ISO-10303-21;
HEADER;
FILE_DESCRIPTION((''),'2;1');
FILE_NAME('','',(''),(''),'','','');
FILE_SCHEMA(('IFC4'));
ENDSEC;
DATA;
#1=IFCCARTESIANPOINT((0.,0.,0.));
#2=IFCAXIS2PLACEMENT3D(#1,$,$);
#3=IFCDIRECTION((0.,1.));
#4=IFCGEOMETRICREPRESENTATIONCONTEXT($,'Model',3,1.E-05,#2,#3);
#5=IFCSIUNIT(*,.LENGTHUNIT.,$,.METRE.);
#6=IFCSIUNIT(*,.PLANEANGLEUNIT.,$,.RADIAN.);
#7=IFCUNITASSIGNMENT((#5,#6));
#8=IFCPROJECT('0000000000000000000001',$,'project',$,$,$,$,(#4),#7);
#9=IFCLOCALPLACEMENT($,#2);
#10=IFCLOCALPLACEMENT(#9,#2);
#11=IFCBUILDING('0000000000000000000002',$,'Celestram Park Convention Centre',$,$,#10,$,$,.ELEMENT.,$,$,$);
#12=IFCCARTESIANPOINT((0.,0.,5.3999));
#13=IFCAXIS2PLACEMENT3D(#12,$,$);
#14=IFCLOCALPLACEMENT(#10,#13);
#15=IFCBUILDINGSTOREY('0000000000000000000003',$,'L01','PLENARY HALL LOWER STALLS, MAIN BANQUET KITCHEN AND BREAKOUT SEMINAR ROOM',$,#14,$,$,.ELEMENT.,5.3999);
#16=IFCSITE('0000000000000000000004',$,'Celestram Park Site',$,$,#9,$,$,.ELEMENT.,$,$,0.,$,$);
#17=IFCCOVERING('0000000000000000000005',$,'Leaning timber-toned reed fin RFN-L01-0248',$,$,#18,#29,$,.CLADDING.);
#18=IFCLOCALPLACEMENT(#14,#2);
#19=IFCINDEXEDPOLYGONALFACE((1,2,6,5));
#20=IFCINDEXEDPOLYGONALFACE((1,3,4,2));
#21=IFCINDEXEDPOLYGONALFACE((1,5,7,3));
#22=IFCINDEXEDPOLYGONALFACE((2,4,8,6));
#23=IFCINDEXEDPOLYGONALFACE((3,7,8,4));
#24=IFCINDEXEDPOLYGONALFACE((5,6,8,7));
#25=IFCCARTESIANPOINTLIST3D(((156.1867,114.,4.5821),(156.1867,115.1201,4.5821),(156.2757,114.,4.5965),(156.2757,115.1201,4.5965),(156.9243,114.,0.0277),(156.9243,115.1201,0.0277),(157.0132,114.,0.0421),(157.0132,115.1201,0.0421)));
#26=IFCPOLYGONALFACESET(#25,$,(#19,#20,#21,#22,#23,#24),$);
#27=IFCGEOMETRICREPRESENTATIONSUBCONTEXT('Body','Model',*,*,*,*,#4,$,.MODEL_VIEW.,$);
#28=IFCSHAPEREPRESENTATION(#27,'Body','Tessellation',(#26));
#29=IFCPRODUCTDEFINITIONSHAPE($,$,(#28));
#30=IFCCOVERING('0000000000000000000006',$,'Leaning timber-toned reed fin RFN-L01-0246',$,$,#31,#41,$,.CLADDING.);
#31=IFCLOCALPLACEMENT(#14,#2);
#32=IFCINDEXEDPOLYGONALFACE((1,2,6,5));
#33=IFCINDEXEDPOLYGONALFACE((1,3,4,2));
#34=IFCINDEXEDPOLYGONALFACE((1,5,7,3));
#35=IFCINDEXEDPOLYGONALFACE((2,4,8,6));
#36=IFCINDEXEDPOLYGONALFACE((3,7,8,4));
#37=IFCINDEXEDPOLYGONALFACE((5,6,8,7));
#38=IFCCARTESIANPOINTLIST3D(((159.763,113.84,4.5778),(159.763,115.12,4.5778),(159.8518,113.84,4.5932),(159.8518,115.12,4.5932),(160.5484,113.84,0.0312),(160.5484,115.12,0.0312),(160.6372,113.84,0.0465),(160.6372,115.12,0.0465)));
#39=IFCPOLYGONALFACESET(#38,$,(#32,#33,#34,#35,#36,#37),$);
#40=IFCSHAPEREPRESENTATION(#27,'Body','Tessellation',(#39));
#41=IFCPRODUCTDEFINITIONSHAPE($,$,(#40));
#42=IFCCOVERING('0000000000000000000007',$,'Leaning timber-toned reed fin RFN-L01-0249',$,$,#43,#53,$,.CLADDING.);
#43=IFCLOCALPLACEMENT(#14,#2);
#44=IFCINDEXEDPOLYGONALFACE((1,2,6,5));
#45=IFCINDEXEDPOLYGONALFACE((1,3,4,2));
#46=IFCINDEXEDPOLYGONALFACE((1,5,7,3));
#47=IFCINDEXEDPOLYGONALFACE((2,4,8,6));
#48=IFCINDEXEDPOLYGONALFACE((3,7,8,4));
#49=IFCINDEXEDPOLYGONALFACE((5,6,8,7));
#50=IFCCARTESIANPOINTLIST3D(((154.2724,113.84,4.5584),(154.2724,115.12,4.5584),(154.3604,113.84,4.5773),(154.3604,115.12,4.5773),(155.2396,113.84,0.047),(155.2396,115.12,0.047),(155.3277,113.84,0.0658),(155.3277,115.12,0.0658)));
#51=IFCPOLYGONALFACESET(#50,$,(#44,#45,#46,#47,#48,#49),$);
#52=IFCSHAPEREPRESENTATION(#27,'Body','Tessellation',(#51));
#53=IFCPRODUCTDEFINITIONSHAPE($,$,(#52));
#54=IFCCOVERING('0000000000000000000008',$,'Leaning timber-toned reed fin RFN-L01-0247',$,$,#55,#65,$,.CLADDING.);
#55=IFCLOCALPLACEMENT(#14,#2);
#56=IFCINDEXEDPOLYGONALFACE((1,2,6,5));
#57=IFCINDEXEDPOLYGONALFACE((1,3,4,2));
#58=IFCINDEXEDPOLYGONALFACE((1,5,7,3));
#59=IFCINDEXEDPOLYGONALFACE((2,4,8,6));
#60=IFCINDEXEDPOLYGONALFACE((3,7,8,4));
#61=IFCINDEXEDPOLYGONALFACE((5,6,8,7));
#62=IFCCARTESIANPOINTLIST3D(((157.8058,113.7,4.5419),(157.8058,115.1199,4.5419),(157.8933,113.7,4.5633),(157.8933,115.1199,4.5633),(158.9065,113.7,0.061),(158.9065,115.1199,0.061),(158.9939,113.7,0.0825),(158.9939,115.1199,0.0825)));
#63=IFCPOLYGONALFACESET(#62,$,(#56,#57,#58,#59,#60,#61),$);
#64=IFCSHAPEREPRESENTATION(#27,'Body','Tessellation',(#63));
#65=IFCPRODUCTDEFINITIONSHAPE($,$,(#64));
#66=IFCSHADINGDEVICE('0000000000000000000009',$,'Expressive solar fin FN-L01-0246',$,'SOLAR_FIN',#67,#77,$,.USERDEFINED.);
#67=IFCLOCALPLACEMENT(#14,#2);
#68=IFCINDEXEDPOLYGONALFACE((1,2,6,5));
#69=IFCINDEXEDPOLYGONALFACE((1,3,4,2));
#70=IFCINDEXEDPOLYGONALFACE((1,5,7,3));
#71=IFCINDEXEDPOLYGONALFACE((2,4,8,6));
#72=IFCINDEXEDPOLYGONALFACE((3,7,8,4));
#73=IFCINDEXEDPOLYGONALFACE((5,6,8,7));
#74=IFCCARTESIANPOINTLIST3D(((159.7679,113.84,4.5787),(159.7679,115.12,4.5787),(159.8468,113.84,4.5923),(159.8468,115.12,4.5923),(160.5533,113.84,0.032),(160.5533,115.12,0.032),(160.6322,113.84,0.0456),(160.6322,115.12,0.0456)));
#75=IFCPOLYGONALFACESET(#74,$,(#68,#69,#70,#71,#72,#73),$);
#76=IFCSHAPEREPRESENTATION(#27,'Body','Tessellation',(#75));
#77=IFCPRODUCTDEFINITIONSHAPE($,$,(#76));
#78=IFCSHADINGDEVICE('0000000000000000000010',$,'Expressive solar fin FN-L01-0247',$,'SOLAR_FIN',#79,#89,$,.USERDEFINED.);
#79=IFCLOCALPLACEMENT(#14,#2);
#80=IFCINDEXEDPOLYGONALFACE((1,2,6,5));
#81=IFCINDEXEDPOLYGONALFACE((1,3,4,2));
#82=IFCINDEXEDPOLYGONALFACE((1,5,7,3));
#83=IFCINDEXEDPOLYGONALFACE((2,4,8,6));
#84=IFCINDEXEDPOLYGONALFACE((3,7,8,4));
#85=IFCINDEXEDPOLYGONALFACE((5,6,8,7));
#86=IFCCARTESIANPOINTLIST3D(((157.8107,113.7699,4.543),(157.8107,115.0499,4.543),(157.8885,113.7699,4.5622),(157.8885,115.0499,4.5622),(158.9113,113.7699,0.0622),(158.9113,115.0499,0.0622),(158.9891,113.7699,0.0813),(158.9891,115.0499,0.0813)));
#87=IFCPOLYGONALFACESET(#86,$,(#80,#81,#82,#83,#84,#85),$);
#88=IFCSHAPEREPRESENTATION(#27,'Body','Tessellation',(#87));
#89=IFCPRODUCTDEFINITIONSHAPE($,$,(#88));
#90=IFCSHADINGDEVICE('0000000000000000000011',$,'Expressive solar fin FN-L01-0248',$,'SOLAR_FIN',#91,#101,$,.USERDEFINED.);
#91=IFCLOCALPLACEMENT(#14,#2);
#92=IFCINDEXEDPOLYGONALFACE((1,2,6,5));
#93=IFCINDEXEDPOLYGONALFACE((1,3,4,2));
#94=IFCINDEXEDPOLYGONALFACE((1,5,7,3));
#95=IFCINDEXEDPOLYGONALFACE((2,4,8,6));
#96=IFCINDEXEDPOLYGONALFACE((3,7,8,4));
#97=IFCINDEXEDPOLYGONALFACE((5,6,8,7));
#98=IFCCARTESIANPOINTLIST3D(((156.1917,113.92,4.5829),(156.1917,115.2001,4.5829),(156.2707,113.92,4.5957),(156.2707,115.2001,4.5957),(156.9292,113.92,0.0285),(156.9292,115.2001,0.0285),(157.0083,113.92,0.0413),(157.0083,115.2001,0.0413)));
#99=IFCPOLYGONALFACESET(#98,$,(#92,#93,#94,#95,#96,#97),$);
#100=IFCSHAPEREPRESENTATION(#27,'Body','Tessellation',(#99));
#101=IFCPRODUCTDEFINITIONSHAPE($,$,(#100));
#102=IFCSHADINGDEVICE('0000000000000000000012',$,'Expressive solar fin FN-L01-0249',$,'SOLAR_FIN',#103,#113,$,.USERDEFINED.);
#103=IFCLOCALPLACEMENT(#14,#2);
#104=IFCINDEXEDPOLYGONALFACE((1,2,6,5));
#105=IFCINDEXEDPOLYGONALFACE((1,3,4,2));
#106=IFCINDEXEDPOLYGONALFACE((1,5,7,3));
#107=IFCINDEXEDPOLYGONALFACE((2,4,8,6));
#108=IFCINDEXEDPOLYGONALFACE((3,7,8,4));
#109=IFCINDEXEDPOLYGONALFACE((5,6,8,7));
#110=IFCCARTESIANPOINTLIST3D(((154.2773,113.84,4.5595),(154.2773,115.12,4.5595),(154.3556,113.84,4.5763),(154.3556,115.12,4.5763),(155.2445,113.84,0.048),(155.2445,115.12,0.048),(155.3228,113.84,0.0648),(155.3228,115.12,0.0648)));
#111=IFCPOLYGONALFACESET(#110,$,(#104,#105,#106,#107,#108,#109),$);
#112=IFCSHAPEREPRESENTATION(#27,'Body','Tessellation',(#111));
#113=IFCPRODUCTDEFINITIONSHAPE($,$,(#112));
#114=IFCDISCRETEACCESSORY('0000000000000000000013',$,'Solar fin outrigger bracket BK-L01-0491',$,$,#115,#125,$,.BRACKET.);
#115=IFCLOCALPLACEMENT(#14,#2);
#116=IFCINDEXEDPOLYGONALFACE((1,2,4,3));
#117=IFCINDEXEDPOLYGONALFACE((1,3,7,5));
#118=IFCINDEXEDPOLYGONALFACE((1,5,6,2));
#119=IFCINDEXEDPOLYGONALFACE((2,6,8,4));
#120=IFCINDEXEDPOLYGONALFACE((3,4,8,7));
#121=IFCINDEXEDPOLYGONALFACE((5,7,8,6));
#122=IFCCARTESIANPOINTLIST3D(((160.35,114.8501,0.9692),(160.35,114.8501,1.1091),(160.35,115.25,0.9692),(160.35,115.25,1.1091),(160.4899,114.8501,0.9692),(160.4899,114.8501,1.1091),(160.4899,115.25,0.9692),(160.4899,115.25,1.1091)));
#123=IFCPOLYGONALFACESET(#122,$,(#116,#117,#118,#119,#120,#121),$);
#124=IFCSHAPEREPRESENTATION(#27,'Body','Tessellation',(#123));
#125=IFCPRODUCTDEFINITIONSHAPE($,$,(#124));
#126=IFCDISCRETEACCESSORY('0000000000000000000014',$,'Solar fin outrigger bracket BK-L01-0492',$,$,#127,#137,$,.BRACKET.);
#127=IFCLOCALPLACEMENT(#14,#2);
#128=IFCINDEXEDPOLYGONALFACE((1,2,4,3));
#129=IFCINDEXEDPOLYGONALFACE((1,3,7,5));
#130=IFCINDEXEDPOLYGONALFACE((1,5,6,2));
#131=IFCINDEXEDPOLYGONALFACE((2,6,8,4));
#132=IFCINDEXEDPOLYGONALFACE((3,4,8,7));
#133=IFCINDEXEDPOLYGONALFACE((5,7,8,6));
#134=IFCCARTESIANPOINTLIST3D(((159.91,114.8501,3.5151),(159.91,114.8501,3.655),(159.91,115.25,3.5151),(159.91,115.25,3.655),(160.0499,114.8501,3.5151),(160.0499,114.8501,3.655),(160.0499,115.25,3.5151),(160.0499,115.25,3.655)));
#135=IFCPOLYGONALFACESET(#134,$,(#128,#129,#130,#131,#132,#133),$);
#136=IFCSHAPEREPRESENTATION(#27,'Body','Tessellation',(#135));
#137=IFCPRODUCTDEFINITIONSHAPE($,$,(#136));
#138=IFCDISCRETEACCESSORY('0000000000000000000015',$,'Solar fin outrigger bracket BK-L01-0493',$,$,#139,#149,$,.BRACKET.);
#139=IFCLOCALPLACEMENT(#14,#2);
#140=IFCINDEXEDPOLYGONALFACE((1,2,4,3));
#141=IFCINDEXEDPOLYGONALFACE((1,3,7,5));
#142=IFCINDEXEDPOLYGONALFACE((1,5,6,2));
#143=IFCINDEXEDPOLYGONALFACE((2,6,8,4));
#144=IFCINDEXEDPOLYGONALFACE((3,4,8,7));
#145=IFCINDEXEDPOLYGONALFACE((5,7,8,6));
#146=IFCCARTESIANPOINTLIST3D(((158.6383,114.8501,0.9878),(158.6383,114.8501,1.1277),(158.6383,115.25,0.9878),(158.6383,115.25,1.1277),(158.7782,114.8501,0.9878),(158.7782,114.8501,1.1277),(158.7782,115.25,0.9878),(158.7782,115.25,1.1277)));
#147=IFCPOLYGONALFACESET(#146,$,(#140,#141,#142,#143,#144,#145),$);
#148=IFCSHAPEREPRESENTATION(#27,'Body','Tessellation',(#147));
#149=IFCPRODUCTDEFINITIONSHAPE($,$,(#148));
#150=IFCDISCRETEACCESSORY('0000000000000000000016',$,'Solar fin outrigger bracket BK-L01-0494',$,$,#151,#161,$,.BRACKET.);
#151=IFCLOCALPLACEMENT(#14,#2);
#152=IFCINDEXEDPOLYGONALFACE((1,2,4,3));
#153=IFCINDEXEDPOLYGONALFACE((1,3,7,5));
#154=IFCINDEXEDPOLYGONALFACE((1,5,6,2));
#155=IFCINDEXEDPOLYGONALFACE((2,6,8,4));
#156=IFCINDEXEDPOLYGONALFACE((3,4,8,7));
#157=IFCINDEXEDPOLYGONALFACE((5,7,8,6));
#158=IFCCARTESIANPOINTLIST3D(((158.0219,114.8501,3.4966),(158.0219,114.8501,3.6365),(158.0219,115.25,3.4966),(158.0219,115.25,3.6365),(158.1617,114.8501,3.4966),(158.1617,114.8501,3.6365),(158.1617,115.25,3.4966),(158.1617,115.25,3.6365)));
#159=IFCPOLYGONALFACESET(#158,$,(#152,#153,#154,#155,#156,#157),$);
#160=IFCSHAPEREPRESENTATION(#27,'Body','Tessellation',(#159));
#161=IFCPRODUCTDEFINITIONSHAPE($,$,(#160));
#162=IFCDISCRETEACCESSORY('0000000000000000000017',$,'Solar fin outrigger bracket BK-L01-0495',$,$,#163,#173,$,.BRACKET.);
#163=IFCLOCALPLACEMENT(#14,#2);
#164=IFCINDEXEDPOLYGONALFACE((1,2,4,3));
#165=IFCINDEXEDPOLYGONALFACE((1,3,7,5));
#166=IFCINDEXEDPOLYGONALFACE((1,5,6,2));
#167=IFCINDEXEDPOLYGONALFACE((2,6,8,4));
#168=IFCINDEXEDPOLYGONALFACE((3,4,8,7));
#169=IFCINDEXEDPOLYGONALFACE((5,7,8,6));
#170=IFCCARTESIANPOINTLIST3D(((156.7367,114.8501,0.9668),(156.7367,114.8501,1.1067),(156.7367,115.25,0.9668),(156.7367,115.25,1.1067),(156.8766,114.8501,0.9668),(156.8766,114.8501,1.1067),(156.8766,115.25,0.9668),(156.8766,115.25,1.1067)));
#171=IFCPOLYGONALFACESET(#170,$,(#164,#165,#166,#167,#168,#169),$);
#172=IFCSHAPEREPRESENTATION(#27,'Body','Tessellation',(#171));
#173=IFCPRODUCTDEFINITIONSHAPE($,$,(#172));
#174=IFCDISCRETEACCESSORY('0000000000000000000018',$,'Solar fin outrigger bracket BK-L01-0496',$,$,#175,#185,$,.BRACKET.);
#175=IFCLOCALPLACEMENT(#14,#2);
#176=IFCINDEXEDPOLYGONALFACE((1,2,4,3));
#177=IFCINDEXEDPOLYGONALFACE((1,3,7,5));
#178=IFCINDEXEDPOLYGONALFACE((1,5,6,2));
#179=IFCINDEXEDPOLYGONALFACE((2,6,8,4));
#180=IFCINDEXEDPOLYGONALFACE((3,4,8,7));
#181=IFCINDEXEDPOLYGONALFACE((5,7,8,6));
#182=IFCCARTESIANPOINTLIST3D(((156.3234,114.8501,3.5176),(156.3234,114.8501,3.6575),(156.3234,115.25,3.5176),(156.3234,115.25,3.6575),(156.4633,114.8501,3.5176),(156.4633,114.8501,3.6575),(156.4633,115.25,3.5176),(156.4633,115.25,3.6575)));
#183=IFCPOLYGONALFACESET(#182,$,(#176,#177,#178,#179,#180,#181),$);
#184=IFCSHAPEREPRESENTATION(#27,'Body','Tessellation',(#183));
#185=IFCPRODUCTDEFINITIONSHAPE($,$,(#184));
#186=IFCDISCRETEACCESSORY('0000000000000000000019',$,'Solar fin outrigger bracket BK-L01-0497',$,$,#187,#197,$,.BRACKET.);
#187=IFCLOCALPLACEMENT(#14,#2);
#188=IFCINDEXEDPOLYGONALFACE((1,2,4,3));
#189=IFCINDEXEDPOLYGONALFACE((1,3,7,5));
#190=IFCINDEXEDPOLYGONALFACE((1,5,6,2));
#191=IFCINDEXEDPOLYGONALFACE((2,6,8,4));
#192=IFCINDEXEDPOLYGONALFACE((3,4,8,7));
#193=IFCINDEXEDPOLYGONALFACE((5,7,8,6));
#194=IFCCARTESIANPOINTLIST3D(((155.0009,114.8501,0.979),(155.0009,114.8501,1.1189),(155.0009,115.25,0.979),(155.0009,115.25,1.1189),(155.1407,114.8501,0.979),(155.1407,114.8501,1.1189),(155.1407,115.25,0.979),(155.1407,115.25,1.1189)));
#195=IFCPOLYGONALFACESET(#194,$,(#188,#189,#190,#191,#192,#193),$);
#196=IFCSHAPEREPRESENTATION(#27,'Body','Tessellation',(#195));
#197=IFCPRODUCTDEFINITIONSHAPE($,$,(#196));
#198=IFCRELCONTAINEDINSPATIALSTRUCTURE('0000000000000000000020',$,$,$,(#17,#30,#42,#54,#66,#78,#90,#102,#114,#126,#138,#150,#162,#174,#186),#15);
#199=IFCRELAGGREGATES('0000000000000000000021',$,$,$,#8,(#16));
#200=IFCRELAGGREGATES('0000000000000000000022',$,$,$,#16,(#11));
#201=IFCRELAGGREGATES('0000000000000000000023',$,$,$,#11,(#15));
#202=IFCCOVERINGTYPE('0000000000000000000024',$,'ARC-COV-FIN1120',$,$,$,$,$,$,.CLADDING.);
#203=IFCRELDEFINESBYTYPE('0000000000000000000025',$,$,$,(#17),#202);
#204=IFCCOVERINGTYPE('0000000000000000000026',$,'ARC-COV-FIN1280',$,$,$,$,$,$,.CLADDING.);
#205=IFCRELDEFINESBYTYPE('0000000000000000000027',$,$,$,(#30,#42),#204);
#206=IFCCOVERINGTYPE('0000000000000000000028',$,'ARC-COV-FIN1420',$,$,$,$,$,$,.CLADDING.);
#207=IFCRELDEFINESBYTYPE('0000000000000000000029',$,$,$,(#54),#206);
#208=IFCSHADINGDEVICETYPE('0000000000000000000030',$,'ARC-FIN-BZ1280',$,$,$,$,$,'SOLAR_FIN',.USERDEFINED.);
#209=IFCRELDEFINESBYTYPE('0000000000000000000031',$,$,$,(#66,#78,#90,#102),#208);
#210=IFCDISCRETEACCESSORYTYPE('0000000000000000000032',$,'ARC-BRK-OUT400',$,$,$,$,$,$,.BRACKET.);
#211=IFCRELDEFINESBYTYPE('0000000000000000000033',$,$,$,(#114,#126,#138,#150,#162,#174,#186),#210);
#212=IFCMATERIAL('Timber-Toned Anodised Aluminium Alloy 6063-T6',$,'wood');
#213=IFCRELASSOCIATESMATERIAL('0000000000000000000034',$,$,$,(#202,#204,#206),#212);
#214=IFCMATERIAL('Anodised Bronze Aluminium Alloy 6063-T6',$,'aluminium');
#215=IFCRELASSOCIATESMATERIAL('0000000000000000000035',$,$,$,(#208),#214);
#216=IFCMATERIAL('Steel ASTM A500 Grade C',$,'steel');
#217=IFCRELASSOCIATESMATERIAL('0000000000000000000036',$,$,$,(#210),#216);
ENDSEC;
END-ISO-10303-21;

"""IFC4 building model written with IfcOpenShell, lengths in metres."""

from ifc_helpers import new_model, si_unit, direction, frame, origin, origin_2d, place, context, subcontext, project, spatial, rectangle, extrude, material, material_profile, profile_set, type_object, element, save


model = new_model("IFC4")

# Units and contexts
model_context = context("Model", 3, precision=1e-05, world=origin(), true_north=direction((0.0, 1.0)))
body_context = subcontext(model_context, "Body", "Model", "MODEL_VIEW")
ifc_project = project(units=[si_unit("LENGTHUNIT", "METRE"), si_unit("PLANEANGLEUNIT", "RADIAN")], contexts=[model_context])

# Site, building, storey
site_placement = place(None, origin())
site = spatial("IfcSite", under=ifc_project, at=site_placement, Name="Celestram Park Site", CompositionType="ELEMENT", RefElevation=0.0)
building_placement = place(site_placement, origin())
building = spatial("IfcBuilding", under=site, at=building_placement, Name="Celestram Park Convention Centre", CompositionType="ELEMENT")
storey_placement = place(building_placement, frame((0.0, 0.0, 5.3999)))
storey = spatial("IfcBuildingStorey", under=building, at=storey_placement, Name="L01", Description="PLENARY HALL LOWER STALLS, MAIN BANQUET KITCHEN AND BREAKOUT SEMINAR ROOM", CompositionType="ELEMENT", Elevation=5.3999)

# Shared definitions
ifc_material_1 = material(Name="Steel ASTM A500 Grade C", Category="steel")

# Coverings
ifc_material_2 = material(Name="Timber-Toned Anodised Aluminium Alloy 6063-T6", Category="wood")
ifc_material_profile_1 = material_profile(ifc_material_2, rectangle(XDim=1.1201, YDim=0.0901, at=origin_2d()), Name="REED1120X90")
ifc_profile_set_1 = profile_set([ifc_material_profile_1], Name="Timber-Toned Anodised Aluminium Alloy 6063-T6")
covering_type_1 = type_object("IfcCoveringType", Name="ARC-COV-FIN1120", PredefinedType="CLADDING", material=ifc_profile_set_1)
covering_1_placement = place(storey_placement, frame((156.9688, 114.5601, 0.0349), z_axis=(-0.159858, 0.0, 0.98714), x_axis=(0.0, -1.0, 0.0)))
element("IfcCovering", 1, at=covering_1_placement, inside=storey, type_object=covering_type_1, Name="Leaning timber-toned reed fin RFN-L01-0248", PredefinedType="CLADDING", context=body_context, shape_type="SweptSolid", body=[
    extrude(rectangle(XDim=1.1201, YDim=0.0901, at=origin_2d()), origin(), (0.0, 0.0, 1.0), 4.6138),
])
ifc_material_profile_2 = material_profile(ifc_material_2, rectangle(XDim=1.28, YDim=0.0901, at=origin_2d()), Name="REED1280X90")
ifc_profile_set_2 = profile_set([ifc_material_profile_2], Name="Timber-Toned Anodised Aluminium Alloy 6063-T6")
covering_type_2 = type_object("IfcCoveringType", Name="ARC-COV-FIN1280", PredefinedType="CLADDING", material=ifc_profile_set_2)
for number, where, z_axis, x_axis, name in (
    (2, (160.5928, 114.48, 0.0388), (-0.170222, 0.0, 0.985406), (0.0, -1.0, 0.0), "Leaning timber-toned reed fin RFN-L01-0246"),
    (3, (155.2837, 114.48, 0.0564), (-0.209641, 0.0, 0.977778), (0.0, -1.0, 0.0), "Leaning timber-toned reed fin RFN-L01-0249"),
):
    element("IfcCovering", number, at=place(storey_placement, frame(where, z_axis=z_axis, x_axis=x_axis)), inside=storey, type_object=covering_type_2, Name=name, PredefinedType="CLADDING", context=body_context, shape_type="SweptSolid", body=[
        extrude(rectangle(XDim=1.28, YDim=0.0901, at=origin_2d()), origin(), (0.0, 0.0, 1.0), 4.614),
    ])
ifc_material_profile_3 = material_profile(ifc_material_2, rectangle(XDim=1.4199, YDim=0.0901, at=origin_2d()), Name="REED1420X90")
ifc_profile_set_3 = profile_set([ifc_material_profile_3], Name="Timber-Toned Anodised Aluminium Alloy 6063-T6")
covering_type_3 = type_object("IfcCoveringType", Name="ARC-COV-FIN1420", PredefinedType="CLADDING", material=ifc_profile_set_3)
covering_2_placement = place(storey_placement, frame((158.9502, 114.4099, 0.0718), z_axis=(-0.238537, 0.0, 0.971133), x_axis=(0.0, -1.0, 0.0)))
element("IfcCovering", 4, at=covering_2_placement, inside=storey, type_object=covering_type_3, Name="Leaning timber-toned reed fin RFN-L01-0247", PredefinedType="CLADDING", context=body_context, shape_type="SweptSolid", body=[
    extrude(rectangle(XDim=1.4199, YDim=0.0901, at=origin_2d()), origin(), (0.0, 0.0, 1.0), 4.614),
])

# Shading devices
ifc_material_3 = material(Name="Anodised Bronze Aluminium Alloy 6063-T6", Category="aluminium")
ifc_material_profile_4 = material_profile(ifc_material_3, rectangle(XDim=1.28, YDim=0.0801, at=origin_2d()), Name="FIN1280X80")
ifc_profile_set_4 = profile_set([ifc_material_profile_4], Name="Anodised Bronze Aluminium Alloy 6063-T6")
shading_device_type = type_object("IfcShadingDeviceType", Name="ARC-FIN-BZ1280", ElementType="SOLAR_FIN", PredefinedType="USERDEFINED", material=ifc_profile_set_4)
for number, where, z_axis, x_axis, name in (
    (5, (160.5928, 114.48, 0.0388), (-0.170222, 0.0, 0.985406), (0.0, -1.0, 0.0), "Expressive solar fin FN-L01-0246"),
    (6, (158.9502, 114.4099, 0.0718), (-0.238537, 0.0, 0.971133), (0.0, -1.0, 0.0), "Expressive solar fin FN-L01-0247"),
):
    element("IfcShadingDevice", number, at=place(storey_placement, frame(where, z_axis=z_axis, x_axis=x_axis)), inside=storey, type_object=shading_device_type, Name=name, ObjectType="SOLAR_FIN", PredefinedType="USERDEFINED", context=body_context, shape_type="SweptSolid", body=[
        extrude(rectangle(XDim=1.28, YDim=0.0801, at=origin_2d()), origin(), (0.0, 0.0, 1.0), 4.614),
    ])
shading_device_1_placement = place(storey_placement, frame((156.9688, 114.5601, 0.0349), z_axis=(-0.159858, 0.0, 0.98714), x_axis=(0.0, -1.0, 0.0)))
element("IfcShadingDevice", 7, at=shading_device_1_placement, inside=storey, type_object=shading_device_type, Name="Expressive solar fin FN-L01-0248", ObjectType="SOLAR_FIN", PredefinedType="USERDEFINED", context=body_context, shape_type="SweptSolid", body=[
    extrude(rectangle(XDim=1.28, YDim=0.0801, at=origin_2d()), origin(), (0.0, 0.0, 1.0), 4.6138),
])
shading_device_2_placement = place(storey_placement, frame((155.2837, 114.48, 0.0564), z_axis=(-0.209641, 0.0, 0.977778), x_axis=(0.0, -1.0, 0.0)))
element("IfcShadingDevice", 8, at=shading_device_2_placement, inside=storey, type_object=shading_device_type, Name="Expressive solar fin FN-L01-0249", ObjectType="SOLAR_FIN", PredefinedType="USERDEFINED", context=body_context, shape_type="SweptSolid", body=[
    extrude(rectangle(XDim=1.28, YDim=0.0801, at=origin_2d()), origin(), (0.0, 0.0, 1.0), 4.614),
])

# Discrete accessories
discrete_accessory_type = type_object("IfcDiscreteAccessoryType", Name="ARC-BRK-OUT400", PredefinedType="BRACKET", material=ifc_material_1)
for number, where, z_axis, x_axis, name in (
    (9, (160.4199, 115.05, 0.9692), (0.0, 0.0, 1.0), (0.0, -1.0, 0.0), "Solar fin outrigger bracket BK-L01-0491"),
    (10, (159.98, 115.05, 3.5151), (0.0, 0.0, 1.0), (0.0, -1.0, 0.0), "Solar fin outrigger bracket BK-L01-0492"),
    (11, (158.7083, 115.05, 0.9878), (0.0, 0.0, 1.0), (0.0, -1.0, 0.0), "Solar fin outrigger bracket BK-L01-0493"),
    (12, (158.0918, 115.05, 3.4966), (0.0, 0.0, 1.0), (0.0, -1.0, 0.0), "Solar fin outrigger bracket BK-L01-0494"),
    (13, (156.8066, 115.05, 0.9668), (0.0, 0.0, 1.0), (0.0, -1.0, 0.0), "Solar fin outrigger bracket BK-L01-0495"),
    (14, (156.3933, 115.05, 3.5176), (0.0, 0.0, 1.0), (0.0, -1.0, 0.0), "Solar fin outrigger bracket BK-L01-0496"),
    (15, (155.0708, 115.05, 0.979), (0.0, 0.0, 1.0), (0.0, -1.0, 0.0), "Solar fin outrigger bracket BK-L01-0497"),
):
    element("IfcDiscreteAccessory", number, at=place(storey_placement, frame(where, z_axis=z_axis, x_axis=x_axis)), inside=storey, type_object=discrete_accessory_type, Name=name, PredefinedType="BRACKET", context=body_context, shape_type="SweptSolid", body=[
        extrude(rectangle(XDim=0.3999, YDim=0.1399, at=origin_2d()), origin(), (0.0, 0.0, 1.0), 0.1399),
    ])

save(model, "model.ifc")
